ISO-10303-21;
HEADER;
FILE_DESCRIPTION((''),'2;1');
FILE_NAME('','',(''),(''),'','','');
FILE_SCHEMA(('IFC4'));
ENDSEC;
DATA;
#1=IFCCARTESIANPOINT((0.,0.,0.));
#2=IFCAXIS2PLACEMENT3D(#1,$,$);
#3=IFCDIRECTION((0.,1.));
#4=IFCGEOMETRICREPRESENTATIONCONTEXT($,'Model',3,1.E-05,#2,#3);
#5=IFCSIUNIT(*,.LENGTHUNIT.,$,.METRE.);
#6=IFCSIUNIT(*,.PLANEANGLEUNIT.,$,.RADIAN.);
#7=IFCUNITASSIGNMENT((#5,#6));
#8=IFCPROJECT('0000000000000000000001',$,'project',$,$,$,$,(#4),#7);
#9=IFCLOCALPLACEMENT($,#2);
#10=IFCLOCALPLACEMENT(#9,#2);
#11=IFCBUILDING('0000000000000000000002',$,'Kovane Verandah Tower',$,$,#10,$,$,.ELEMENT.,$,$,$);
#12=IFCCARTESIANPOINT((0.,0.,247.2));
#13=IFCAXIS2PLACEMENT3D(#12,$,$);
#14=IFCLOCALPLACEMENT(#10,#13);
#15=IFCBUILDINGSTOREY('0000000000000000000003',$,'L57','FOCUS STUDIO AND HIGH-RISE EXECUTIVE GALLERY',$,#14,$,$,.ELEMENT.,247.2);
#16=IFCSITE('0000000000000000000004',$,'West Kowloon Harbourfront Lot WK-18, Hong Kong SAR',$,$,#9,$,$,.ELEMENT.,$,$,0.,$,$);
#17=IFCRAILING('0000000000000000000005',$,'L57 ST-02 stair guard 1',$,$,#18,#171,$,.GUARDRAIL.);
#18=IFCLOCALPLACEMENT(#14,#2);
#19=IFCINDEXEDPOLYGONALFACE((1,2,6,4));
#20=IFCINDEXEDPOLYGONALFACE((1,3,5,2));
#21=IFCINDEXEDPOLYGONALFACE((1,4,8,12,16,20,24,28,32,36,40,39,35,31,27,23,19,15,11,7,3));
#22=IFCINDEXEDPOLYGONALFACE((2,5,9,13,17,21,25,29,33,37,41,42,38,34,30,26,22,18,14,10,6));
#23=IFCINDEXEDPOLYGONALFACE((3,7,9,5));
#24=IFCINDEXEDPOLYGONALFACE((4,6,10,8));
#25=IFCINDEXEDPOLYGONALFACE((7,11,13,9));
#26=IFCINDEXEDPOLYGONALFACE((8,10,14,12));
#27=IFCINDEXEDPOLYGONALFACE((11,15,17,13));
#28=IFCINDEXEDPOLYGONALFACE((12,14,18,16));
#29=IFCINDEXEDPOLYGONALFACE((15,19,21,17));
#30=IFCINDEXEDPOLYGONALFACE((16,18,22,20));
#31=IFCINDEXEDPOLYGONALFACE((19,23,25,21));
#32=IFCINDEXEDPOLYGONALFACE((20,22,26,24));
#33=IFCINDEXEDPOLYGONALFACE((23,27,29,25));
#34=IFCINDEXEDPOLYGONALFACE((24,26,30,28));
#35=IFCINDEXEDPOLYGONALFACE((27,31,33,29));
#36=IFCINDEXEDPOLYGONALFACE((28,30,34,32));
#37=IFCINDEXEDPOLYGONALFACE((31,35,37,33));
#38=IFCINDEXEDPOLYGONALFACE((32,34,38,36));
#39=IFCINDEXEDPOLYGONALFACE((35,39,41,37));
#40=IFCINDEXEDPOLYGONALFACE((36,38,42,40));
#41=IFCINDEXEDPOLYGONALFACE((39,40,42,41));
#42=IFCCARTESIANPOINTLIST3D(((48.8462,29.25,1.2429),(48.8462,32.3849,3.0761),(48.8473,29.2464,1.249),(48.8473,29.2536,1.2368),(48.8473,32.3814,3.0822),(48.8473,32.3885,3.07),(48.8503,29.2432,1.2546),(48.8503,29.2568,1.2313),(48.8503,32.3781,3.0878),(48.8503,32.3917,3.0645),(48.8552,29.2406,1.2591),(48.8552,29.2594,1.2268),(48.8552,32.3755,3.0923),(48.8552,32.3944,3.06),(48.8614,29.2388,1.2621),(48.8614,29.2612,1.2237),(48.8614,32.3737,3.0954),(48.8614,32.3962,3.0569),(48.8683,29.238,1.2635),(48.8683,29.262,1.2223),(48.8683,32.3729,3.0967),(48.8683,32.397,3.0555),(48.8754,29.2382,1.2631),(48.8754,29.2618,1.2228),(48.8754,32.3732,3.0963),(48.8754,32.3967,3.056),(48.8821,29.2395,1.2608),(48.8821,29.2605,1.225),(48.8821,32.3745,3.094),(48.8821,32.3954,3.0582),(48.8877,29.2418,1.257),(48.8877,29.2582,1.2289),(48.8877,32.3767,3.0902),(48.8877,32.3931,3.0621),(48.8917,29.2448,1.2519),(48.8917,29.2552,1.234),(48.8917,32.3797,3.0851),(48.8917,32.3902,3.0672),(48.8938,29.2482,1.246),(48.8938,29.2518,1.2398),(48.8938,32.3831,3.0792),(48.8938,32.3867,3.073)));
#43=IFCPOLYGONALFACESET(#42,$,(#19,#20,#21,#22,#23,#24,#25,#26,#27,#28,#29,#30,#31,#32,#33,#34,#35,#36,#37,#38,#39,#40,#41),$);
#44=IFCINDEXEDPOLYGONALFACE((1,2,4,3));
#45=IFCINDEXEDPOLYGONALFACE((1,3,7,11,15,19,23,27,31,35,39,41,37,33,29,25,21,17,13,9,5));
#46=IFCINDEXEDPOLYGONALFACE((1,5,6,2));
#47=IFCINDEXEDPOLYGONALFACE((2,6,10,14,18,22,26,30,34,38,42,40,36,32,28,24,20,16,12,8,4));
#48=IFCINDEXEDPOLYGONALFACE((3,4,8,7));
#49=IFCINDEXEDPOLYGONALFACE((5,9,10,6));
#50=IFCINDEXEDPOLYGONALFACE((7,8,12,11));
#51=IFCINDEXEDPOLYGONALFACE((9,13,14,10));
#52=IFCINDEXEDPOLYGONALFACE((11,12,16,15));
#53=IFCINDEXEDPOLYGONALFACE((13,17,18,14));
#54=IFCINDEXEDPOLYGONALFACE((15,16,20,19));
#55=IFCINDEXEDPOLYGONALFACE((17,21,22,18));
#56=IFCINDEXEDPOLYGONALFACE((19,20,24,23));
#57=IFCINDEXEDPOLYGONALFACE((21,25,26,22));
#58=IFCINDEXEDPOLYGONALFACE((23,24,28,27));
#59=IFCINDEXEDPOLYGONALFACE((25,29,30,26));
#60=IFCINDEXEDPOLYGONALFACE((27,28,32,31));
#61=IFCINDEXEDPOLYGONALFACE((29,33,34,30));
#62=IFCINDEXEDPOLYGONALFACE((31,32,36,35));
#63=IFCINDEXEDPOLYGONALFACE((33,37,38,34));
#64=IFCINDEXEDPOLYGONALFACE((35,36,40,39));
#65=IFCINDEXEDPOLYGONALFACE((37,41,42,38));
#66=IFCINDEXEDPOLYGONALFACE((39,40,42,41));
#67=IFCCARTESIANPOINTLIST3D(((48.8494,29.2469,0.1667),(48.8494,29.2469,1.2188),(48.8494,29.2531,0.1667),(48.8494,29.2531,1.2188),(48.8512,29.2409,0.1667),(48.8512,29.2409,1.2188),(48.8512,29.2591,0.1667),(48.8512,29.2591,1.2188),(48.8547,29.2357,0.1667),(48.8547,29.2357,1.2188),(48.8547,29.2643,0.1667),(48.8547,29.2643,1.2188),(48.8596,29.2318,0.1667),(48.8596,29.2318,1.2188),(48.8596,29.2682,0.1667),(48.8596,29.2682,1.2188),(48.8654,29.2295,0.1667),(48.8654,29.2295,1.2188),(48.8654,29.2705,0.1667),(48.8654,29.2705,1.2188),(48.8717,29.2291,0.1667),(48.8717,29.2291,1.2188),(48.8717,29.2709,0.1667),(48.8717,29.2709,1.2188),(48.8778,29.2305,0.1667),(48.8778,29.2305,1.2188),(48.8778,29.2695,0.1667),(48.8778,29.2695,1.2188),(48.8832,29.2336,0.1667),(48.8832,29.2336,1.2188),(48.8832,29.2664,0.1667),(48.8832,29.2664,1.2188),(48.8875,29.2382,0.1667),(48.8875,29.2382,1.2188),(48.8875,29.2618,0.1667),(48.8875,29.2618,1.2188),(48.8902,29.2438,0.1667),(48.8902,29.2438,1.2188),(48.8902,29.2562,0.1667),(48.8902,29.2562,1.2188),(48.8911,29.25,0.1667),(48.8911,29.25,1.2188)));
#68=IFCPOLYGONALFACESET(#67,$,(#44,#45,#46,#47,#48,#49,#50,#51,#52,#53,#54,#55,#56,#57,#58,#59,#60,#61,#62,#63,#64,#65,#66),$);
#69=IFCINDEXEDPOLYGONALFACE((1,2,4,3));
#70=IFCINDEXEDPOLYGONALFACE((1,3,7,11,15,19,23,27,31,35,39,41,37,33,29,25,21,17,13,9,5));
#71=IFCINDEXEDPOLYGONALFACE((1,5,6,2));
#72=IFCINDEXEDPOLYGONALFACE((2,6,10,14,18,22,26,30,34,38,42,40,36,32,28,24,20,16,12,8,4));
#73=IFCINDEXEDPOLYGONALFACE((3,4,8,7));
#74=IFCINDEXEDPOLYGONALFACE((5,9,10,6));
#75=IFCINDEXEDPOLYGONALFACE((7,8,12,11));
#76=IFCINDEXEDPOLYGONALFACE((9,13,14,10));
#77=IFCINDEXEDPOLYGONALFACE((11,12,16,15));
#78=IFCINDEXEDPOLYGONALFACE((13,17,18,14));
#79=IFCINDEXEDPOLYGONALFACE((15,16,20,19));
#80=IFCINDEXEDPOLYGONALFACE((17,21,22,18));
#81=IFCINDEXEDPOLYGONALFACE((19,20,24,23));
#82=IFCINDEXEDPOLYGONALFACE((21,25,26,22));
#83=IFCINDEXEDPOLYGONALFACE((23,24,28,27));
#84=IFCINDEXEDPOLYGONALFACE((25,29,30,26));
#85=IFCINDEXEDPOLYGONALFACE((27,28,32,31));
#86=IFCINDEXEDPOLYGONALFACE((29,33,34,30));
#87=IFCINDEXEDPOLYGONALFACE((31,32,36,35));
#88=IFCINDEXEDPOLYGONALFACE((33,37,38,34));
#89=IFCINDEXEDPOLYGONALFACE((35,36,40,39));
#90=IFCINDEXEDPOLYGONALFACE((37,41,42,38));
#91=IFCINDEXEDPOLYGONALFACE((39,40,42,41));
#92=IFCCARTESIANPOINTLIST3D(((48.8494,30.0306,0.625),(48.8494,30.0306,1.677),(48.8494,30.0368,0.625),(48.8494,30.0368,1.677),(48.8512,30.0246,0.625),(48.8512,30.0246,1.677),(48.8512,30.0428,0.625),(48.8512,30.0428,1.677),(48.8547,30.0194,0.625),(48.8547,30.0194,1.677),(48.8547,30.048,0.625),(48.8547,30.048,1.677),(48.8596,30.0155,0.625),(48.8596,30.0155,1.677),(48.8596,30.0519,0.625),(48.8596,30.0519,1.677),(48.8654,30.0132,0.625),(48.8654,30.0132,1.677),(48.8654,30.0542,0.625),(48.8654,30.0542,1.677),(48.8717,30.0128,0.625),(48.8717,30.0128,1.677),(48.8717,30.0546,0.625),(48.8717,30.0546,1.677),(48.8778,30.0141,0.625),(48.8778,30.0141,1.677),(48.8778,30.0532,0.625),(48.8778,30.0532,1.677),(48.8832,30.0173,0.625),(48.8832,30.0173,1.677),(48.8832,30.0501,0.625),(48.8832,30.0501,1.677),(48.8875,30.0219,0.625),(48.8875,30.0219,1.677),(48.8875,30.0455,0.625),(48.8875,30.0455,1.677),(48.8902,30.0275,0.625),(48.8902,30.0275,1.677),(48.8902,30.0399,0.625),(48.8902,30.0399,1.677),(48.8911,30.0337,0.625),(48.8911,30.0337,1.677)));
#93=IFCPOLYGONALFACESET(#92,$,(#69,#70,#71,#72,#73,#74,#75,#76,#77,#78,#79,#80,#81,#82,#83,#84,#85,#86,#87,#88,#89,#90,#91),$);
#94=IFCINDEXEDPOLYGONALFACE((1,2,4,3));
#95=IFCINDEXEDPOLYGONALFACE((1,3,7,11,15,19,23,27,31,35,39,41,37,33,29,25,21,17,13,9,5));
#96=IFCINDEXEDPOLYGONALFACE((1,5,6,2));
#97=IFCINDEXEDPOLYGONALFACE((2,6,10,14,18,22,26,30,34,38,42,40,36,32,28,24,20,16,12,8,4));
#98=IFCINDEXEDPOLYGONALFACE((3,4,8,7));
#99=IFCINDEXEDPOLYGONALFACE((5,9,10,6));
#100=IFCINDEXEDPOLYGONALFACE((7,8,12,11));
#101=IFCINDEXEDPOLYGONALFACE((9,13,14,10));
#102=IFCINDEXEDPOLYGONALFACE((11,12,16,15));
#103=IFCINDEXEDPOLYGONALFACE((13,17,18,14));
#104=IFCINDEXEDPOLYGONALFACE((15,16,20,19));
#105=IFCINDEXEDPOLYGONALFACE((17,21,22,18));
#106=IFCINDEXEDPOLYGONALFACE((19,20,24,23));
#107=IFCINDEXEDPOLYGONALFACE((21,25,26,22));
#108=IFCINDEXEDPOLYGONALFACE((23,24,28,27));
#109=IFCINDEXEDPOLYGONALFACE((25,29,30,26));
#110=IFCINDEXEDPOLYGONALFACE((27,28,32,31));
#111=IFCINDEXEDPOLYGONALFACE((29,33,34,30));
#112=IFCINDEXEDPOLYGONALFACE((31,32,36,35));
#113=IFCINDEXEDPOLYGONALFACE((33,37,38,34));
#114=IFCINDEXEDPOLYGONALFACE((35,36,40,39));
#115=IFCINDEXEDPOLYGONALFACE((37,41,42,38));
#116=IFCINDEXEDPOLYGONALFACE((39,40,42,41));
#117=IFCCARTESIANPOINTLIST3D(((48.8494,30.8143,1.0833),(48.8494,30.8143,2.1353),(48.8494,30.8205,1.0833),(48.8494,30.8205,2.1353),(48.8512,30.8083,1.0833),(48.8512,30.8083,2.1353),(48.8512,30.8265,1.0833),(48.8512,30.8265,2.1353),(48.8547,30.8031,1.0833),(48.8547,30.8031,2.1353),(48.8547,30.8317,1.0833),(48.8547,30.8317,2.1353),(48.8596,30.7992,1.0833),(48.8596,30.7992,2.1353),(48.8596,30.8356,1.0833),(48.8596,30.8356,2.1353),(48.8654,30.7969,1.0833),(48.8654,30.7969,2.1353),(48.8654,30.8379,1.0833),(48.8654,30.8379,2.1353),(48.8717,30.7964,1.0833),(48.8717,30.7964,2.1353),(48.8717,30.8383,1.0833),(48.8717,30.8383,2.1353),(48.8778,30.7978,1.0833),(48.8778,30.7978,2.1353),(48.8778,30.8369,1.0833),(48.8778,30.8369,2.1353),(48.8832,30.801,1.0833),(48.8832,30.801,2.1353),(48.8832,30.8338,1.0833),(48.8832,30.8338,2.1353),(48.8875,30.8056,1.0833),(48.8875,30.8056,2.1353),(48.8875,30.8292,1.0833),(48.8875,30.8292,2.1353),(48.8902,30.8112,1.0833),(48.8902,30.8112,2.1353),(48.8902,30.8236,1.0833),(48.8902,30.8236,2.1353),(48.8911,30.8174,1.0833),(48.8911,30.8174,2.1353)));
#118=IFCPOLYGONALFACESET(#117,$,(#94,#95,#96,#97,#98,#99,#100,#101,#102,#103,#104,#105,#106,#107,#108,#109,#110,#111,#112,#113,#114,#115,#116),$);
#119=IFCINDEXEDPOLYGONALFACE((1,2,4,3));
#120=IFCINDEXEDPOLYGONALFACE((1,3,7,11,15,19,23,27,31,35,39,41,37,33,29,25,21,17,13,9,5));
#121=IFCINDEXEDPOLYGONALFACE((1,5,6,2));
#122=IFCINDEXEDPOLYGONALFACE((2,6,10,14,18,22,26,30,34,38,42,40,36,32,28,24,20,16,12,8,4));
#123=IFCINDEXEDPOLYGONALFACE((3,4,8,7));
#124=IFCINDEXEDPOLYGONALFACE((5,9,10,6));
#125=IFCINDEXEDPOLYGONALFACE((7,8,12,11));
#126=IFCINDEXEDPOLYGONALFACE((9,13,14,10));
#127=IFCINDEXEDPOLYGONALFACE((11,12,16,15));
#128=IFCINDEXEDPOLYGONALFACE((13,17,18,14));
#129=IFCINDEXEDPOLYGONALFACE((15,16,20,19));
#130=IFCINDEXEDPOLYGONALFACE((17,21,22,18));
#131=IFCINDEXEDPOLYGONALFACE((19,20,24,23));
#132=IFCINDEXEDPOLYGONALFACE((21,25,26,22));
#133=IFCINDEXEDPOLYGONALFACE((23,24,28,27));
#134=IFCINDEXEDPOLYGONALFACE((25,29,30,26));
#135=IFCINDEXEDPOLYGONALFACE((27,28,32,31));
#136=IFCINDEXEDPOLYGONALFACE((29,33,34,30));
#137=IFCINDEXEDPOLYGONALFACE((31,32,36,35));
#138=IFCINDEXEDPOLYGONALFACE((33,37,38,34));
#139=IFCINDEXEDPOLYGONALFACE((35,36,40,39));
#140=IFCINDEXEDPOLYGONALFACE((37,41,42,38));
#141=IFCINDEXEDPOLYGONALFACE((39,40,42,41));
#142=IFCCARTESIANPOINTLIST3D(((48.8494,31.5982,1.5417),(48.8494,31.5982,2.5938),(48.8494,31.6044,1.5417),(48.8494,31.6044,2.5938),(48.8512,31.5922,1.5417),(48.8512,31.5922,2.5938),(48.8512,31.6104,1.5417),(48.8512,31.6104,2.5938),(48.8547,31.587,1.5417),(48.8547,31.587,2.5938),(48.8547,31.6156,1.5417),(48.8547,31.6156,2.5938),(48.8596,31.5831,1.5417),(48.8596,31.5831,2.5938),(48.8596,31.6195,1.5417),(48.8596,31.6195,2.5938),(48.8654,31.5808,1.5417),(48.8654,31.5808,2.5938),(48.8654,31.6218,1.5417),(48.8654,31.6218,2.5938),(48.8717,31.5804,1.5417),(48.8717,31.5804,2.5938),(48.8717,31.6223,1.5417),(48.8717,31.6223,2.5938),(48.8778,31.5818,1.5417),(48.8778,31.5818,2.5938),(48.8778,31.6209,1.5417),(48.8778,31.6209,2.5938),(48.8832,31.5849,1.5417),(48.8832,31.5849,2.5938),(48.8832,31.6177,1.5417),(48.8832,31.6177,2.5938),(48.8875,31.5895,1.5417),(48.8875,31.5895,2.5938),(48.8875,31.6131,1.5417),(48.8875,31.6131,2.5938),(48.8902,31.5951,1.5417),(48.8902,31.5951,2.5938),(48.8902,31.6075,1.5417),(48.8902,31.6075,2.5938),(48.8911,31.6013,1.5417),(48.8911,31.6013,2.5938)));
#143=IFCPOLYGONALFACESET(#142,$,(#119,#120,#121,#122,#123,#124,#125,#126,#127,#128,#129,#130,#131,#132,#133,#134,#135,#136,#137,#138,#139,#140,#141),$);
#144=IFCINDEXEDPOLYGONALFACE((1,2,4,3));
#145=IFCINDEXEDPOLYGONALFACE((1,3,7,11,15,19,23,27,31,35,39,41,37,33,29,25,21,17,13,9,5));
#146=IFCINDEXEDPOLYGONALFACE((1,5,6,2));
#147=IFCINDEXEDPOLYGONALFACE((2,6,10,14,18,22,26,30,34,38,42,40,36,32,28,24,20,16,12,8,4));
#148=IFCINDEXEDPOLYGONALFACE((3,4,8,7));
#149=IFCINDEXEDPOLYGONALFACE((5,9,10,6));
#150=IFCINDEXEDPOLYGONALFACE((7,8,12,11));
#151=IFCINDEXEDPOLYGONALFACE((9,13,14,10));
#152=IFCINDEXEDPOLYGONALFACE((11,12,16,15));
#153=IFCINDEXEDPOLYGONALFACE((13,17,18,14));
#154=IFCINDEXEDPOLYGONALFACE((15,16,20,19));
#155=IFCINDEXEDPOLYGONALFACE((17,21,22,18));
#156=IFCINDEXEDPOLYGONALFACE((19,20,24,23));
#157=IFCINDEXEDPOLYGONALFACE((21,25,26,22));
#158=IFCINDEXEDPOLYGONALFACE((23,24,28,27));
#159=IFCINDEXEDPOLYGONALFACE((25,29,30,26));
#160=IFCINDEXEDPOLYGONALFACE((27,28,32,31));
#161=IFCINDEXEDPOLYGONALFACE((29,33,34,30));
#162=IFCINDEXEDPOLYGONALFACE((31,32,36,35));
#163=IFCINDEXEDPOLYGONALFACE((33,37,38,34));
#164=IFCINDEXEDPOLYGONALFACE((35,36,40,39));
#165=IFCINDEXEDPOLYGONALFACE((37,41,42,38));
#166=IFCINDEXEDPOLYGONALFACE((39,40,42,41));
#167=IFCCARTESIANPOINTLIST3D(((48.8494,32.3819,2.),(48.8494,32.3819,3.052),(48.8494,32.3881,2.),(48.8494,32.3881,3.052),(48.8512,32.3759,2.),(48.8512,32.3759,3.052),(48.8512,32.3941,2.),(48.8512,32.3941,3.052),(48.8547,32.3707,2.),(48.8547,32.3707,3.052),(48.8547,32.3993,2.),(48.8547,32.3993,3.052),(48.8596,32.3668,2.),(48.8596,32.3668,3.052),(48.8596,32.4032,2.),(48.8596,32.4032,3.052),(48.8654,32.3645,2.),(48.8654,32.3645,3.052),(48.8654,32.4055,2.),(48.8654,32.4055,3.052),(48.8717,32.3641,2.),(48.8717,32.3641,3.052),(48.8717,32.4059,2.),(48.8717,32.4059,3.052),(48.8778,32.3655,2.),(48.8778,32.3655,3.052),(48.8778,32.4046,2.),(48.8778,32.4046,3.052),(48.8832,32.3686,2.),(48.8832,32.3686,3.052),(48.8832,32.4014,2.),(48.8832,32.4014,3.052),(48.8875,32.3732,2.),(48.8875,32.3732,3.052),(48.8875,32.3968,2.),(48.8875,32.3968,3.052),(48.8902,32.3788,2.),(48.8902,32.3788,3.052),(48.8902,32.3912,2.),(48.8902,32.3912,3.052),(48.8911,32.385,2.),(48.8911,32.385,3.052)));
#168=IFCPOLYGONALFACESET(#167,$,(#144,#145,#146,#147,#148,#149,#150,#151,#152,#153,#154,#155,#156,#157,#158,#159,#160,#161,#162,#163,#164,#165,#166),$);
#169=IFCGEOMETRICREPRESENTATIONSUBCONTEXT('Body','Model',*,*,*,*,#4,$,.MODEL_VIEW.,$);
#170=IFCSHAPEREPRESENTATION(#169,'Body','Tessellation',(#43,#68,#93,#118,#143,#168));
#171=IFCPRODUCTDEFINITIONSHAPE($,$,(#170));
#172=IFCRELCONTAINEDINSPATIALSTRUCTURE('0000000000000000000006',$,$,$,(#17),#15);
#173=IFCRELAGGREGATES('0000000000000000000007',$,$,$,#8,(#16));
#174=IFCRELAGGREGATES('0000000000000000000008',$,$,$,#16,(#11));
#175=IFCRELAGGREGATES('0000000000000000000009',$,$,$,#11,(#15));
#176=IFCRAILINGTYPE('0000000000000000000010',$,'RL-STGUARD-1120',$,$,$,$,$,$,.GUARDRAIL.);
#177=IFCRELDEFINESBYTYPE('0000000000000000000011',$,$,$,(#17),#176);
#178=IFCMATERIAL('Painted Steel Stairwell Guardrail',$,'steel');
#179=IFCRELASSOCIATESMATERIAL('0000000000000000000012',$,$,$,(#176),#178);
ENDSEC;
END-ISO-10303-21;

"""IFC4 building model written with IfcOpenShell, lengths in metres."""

from ifc_helpers import new_model, si_unit, direction, frame, origin, origin_2d, place, context, subcontext, project, spatial, circle, extrude, material, type_object, element, save


model = new_model("IFC4")

# Units and contexts
model_context = context("Model", 3, precision=1e-05, world=origin(), true_north=direction((0.0, 1.0)))
body_context = subcontext(model_context, "Body", "Model", "MODEL_VIEW")
ifc_project = project(units=[si_unit("LENGTHUNIT", "METRE"), si_unit("PLANEANGLEUNIT", "RADIAN")], contexts=[model_context])

# Site, building, storey
site_placement = place(None, origin())
site = spatial("IfcSite", under=ifc_project, at=site_placement, Name="West Kowloon Harbourfront Lot WK-18, Hong Kong SAR", CompositionType="ELEMENT", RefElevation=0.0)
building_placement = place(site_placement, origin())
building = spatial("IfcBuilding", under=site, at=building_placement, Name="Kovane Verandah Tower", CompositionType="ELEMENT")
storey_placement = place(building_placement, frame((0.0, 0.0, 247.2)))
storey = spatial("IfcBuildingStorey", under=building, at=storey_placement, Name="L57", Description="FOCUS STUDIO AND HIGH-RISE EXECUTIVE GALLERY", CompositionType="ELEMENT", Elevation=247.2)

# Railing
ifc_material_1 = material(Name="Painted Steel Stairwell Guardrail", Category="steel")
railing_type_1 = type_object("IfcRailingType", Name="RL-STGUARD-1120", PredefinedType="GUARDRAIL", material=ifc_material_1)
railing_1_placement = place(storey_placement, frame((48.8701, 29.25, 0.1667)))
element("IfcRailing", 1, at=railing_1_placement, inside=storey, type_object=railing_type_1, Name="L57 ST-02 stair guard 1", PredefinedType="GUARDRAIL", context=body_context, shape_type="SweptSolid", body=[
    extrude(circle(Radius=0.0239, at=origin_2d()), frame((0.0, 0.0, 1.0762), z_axis=(0.0, 0.86324, 0.504794), x_axis=(-1.0, 0.0, 0.0)), (0.0, 0.0, 1.0), 3.6316),
    extrude(circle(Radius=0.021, at=origin_2d()), origin(), (0.0, 0.0, 1.0), 1.052),
    extrude(circle(Radius=0.021, at=origin_2d()), frame((0.0, 0.7837, 0.4583)), (0.0, 0.0, 1.0), 1.052),
    extrude(circle(Radius=0.021, at=origin_2d()), frame((0.0, 1.5674, 0.9165)), (0.0, 0.0, 1.0), 1.052),
    extrude(circle(Radius=0.021, at=origin_2d()), frame((0.0, 2.3513, 1.375)), (0.0, 0.0, 1.0), 1.052),
    extrude(circle(Radius=0.021, at=origin_2d()), frame((0.0, 3.135, 1.8333)), (0.0, 0.0, 1.0), 1.052),
])

save(model, "model.ifc")
